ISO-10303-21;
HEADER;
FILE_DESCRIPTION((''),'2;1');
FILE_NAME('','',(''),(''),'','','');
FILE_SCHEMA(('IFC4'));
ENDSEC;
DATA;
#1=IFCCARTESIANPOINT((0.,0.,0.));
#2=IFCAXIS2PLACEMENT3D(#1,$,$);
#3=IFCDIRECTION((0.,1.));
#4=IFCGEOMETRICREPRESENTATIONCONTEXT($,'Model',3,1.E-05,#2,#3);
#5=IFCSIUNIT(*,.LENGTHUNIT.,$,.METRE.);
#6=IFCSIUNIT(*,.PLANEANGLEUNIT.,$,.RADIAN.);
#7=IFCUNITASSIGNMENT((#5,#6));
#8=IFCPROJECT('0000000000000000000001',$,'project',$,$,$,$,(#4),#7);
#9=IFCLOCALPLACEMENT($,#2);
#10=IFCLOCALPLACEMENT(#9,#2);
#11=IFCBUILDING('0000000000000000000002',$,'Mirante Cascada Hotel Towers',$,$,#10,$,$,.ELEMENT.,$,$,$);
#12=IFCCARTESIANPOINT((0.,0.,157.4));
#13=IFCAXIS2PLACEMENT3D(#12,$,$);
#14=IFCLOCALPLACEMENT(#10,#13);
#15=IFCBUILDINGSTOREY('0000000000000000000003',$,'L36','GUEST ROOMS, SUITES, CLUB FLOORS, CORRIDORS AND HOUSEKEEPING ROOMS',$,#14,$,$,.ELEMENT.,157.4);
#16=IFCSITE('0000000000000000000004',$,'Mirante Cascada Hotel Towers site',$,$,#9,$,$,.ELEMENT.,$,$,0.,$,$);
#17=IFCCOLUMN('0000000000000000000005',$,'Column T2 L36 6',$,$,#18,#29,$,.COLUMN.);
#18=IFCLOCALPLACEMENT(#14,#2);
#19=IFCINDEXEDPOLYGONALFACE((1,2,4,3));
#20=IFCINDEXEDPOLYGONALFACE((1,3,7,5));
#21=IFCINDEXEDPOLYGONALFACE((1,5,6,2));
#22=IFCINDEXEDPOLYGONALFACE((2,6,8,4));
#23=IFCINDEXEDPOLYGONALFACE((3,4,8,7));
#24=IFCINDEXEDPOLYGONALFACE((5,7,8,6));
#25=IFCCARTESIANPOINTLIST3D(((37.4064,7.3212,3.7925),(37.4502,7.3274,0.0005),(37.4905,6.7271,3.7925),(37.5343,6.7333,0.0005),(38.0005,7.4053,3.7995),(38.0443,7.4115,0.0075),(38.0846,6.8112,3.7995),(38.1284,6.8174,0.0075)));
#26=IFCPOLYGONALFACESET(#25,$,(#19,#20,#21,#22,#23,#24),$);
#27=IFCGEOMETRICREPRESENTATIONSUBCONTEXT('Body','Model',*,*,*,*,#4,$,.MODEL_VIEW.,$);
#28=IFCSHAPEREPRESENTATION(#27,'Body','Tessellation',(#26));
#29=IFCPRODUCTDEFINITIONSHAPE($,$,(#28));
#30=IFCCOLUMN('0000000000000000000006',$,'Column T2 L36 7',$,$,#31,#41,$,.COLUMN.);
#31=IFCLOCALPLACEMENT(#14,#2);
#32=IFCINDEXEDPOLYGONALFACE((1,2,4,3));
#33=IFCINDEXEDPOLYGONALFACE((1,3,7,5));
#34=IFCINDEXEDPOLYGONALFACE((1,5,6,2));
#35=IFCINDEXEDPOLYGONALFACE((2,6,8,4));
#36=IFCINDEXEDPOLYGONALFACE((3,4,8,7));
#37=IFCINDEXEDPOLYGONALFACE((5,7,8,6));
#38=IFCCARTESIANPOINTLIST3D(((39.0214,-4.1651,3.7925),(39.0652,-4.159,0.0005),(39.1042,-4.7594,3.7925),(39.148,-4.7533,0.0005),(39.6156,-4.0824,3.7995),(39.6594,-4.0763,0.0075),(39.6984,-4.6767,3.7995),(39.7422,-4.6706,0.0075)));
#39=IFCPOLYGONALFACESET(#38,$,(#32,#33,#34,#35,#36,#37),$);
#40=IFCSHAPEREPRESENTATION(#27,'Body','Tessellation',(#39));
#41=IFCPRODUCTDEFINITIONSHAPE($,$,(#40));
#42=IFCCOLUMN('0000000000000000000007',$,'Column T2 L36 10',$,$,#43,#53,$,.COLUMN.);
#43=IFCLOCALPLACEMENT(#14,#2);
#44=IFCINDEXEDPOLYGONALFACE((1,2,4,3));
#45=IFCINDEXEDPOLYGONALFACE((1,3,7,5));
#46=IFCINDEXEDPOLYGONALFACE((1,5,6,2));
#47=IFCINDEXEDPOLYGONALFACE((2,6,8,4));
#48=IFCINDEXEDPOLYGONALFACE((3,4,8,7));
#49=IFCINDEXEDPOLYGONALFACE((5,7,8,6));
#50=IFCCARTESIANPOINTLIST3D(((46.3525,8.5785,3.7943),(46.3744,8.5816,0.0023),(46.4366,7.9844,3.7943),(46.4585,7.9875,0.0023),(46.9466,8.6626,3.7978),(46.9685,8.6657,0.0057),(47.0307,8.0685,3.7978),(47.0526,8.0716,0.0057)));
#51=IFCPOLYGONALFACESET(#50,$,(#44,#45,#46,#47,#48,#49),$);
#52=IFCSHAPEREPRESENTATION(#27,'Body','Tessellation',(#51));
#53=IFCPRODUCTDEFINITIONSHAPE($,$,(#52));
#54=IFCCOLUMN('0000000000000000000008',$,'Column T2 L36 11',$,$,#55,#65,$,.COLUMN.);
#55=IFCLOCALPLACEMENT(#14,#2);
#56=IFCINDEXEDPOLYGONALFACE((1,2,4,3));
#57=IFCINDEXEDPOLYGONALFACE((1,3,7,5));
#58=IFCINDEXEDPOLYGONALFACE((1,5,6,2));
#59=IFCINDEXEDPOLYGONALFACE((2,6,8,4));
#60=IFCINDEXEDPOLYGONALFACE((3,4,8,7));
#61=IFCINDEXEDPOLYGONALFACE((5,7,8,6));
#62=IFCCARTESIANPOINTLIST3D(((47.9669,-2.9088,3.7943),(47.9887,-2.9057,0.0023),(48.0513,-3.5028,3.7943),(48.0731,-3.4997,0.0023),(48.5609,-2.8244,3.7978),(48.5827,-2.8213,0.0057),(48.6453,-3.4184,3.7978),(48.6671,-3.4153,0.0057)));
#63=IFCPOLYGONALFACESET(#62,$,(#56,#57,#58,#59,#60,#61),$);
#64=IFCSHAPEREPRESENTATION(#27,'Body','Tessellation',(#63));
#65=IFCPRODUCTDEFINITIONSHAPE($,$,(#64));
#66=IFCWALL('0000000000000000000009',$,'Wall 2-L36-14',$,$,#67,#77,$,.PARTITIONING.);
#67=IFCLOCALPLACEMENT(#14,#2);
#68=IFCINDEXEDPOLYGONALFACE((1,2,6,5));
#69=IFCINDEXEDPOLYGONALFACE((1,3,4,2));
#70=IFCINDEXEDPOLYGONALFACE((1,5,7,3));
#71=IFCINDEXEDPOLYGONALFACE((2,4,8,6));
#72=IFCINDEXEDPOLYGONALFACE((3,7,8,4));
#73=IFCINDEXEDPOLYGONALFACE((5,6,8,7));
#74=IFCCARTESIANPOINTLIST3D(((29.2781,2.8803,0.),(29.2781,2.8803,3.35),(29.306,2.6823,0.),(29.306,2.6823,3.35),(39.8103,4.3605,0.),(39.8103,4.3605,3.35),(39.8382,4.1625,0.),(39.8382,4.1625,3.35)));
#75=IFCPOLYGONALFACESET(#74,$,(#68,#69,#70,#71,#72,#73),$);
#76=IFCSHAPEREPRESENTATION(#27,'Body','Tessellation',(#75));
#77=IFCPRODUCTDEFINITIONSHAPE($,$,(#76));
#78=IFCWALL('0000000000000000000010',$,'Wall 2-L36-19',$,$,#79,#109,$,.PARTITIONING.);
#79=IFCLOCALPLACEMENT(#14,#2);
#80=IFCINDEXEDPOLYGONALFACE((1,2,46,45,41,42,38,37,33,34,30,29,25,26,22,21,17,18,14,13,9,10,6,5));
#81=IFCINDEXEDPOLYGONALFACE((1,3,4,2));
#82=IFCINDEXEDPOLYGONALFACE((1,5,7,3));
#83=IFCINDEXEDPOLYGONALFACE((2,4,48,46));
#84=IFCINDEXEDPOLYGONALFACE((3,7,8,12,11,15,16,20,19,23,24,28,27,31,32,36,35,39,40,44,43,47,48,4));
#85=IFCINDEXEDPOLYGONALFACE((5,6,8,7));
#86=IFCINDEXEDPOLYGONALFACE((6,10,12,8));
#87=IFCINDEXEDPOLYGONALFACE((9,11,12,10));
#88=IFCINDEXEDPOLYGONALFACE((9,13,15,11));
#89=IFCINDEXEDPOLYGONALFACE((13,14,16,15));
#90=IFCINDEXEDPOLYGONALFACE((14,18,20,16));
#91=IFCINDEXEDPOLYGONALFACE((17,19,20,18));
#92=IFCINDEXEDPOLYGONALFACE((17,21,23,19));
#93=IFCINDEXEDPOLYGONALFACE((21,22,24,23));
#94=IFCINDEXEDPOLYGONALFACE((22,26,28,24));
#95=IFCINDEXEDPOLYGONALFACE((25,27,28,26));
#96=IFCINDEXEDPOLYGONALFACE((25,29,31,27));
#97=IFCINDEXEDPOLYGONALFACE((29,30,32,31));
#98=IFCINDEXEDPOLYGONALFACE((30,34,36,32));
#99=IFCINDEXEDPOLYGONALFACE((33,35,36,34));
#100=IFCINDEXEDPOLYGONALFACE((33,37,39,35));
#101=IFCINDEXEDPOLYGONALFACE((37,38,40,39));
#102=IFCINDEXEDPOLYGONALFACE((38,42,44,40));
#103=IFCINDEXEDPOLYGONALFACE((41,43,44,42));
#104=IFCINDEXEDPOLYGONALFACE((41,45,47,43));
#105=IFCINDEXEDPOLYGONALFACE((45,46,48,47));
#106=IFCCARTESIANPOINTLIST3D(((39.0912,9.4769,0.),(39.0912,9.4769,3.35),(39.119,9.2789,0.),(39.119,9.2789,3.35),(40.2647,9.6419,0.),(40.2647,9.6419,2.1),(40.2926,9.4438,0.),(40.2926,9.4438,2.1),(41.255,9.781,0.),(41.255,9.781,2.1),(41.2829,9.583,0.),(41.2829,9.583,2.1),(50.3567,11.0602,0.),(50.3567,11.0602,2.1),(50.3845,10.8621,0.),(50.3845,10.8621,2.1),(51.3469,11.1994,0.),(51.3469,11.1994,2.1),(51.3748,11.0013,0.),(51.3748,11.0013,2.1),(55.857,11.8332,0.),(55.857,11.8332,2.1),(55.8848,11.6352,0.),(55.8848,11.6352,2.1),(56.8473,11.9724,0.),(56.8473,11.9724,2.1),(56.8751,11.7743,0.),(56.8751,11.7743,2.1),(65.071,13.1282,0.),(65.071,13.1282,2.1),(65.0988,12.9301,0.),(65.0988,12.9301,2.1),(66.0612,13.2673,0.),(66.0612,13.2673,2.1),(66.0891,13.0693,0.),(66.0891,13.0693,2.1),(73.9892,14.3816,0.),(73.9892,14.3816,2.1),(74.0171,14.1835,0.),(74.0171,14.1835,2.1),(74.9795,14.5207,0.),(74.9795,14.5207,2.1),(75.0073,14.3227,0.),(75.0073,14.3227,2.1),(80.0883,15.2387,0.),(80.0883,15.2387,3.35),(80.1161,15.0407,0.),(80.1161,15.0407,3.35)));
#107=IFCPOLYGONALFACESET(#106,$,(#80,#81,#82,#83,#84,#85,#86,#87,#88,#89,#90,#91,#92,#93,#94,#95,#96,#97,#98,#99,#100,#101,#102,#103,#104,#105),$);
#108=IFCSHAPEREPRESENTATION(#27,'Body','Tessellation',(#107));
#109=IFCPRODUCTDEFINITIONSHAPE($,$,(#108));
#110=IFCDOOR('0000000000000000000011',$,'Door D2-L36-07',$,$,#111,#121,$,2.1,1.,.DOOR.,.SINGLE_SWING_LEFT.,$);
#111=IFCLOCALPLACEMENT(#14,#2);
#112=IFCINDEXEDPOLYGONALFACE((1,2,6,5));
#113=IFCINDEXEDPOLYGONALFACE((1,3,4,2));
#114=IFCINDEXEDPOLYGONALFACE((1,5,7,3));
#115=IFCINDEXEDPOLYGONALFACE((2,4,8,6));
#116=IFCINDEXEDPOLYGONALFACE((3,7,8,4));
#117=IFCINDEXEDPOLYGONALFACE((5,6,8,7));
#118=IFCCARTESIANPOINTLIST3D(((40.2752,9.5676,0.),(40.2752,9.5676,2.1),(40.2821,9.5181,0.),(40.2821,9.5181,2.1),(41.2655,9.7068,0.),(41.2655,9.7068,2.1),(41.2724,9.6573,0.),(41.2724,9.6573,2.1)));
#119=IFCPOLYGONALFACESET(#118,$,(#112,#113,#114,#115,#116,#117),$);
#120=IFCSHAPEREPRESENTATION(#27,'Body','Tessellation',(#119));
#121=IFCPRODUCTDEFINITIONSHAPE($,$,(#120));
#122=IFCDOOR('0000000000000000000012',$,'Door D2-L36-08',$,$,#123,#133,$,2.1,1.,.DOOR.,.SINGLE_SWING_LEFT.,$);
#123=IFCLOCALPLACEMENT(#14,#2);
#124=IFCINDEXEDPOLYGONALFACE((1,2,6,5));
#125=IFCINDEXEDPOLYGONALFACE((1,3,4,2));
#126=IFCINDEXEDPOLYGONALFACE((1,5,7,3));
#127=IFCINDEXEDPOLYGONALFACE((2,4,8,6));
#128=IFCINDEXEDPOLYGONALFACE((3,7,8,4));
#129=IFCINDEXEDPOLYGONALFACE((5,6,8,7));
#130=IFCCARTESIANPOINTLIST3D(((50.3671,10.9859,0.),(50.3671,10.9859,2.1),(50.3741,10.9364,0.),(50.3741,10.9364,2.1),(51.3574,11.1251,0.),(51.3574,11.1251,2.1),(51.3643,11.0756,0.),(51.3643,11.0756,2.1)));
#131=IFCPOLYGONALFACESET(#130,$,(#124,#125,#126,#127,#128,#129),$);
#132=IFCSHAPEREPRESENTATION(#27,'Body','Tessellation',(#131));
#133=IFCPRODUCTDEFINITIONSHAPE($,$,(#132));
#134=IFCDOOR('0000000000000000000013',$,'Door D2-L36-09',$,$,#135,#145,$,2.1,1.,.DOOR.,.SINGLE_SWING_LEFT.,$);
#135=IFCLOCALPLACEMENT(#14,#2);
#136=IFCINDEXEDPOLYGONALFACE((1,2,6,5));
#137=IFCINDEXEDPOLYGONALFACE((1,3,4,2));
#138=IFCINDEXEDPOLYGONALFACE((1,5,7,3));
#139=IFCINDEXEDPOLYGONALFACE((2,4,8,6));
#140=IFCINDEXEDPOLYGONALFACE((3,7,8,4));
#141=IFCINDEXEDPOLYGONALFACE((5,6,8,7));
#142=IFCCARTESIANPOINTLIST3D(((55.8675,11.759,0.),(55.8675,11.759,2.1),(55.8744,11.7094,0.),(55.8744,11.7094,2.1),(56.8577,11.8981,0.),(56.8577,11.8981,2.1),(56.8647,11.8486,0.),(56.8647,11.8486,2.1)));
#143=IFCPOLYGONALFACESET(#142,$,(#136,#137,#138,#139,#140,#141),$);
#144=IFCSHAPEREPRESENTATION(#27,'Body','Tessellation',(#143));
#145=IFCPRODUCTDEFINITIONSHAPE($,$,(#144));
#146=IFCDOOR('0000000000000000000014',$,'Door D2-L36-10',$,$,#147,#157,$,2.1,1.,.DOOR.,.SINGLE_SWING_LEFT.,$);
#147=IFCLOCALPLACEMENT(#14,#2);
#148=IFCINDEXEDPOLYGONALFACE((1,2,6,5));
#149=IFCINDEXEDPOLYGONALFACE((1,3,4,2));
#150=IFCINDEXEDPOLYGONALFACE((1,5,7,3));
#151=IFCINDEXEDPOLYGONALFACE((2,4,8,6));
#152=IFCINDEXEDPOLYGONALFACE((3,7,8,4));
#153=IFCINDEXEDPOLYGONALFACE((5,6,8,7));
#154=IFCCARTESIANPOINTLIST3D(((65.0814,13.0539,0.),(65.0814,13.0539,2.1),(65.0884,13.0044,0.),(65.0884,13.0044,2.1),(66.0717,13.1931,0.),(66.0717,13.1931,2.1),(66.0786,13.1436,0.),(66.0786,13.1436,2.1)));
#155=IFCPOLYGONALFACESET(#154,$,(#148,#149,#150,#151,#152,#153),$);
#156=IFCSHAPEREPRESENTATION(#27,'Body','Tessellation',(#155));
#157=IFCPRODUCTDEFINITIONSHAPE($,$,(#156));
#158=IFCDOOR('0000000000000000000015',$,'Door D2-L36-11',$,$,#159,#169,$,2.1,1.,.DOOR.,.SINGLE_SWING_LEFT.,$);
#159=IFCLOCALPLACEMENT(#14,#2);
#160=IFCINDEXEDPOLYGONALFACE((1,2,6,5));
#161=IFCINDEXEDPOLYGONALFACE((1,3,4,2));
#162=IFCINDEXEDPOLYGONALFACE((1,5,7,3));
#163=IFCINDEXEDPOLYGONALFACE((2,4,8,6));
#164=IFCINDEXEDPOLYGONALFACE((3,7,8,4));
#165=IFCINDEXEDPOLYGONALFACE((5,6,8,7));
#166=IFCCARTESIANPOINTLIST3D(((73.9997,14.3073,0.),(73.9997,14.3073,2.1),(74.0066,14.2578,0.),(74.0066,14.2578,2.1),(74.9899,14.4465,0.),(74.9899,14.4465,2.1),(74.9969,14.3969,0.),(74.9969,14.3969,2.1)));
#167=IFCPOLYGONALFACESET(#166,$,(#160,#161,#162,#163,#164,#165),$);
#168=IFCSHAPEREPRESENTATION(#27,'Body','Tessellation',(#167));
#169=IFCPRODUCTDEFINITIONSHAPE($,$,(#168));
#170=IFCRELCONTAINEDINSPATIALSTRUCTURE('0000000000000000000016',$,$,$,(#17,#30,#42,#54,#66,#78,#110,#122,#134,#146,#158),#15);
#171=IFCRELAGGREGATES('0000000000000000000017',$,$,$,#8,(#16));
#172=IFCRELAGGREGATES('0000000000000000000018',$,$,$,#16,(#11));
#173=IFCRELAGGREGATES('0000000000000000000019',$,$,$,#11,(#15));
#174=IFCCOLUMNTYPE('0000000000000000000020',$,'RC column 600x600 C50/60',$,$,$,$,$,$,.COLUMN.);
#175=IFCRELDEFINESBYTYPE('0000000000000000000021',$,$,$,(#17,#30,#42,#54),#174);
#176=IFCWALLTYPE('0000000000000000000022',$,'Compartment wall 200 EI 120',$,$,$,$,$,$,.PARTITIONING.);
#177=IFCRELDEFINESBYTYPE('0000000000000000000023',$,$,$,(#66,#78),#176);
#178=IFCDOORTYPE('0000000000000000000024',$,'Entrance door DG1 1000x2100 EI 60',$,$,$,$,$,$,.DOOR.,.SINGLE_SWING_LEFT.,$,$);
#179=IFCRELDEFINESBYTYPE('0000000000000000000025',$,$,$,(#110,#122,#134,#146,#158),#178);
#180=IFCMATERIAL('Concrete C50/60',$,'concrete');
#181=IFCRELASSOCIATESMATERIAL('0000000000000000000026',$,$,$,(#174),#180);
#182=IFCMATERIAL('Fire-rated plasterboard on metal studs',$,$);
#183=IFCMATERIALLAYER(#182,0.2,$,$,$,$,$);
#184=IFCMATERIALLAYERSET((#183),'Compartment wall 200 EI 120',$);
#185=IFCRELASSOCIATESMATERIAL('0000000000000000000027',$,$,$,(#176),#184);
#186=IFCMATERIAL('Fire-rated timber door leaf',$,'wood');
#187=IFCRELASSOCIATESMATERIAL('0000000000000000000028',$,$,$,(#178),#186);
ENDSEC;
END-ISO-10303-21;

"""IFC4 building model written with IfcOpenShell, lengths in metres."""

from ifc_helpers import new_model, si_unit, direction, frame, frame_2d, origin, origin_2d, place, context, subcontext, project, spatial, rectangle, extrude, material, layer, layer_set, material_profile, profile_set, type_object, element, fill, save


model = new_model("IFC4")

# Units and contexts
model_context = context("Model", 3, precision=1e-05, world=origin(), true_north=direction((0.0, 1.0)))
body_context = subcontext(model_context, "Body", "Model", "MODEL_VIEW")
ifc_project = project(units=[si_unit("LENGTHUNIT", "METRE"), si_unit("PLANEANGLEUNIT", "RADIAN")], contexts=[model_context])

# Site, building, storey
site_placement = place(None, origin())
site = spatial("IfcSite", under=ifc_project, at=site_placement, Name="Mirante Cascada Hotel Towers site", CompositionType="ELEMENT", RefElevation=0.0)
building_placement = place(site_placement, origin())
building = spatial("IfcBuilding", under=site, at=building_placement, Name="Mirante Cascada Hotel Towers", CompositionType="ELEMENT")
storey_placement = place(building_placement, frame((0.0, 0.0, 157.4)))
storey = spatial("IfcBuildingStorey", under=building, at=storey_placement, Name="L36", Description="GUEST ROOMS, SUITES, CLUB FLOORS, CORRIDORS AND HOUSEKEEPING ROOMS", CompositionType="ELEMENT", Elevation=157.4)

# Columns
ifc_material_1 = material(Name="Concrete C50/60", Category="concrete")
ifc_material_profile = material_profile(ifc_material_1, rectangle(XDim=0.6, YDim=0.6, at=origin_2d()), Name="RC column 600x600 C50/60")
ifc_profile_set = profile_set([ifc_material_profile], Name="Concrete C50/60")
column_type = type_object("IfcColumnType", Name="RC column 600x600 C50/60", PredefinedType="COLUMN", material=ifc_profile_set)
for number, where, z_axis, x_axis, name in (
    (1, (37.7893, 7.0724, 0.004), (-0.01155, -0.001635, 0.999932), (0.140155, -0.990129, 0.0), "Column T2 L36 6"),
    (2, (39.4037, -4.4148, 0.004), (-0.01155, -0.001608, 0.999932), (0.137938, -0.990441, 0.0), "Column T2 L36 7"),
):
    element("IfcColumn", number, at=place(storey_placement, frame(where, z_axis=z_axis, x_axis=x_axis)), inside=storey, type_object=column_type, Name=name, PredefinedType="COLUMN", context=body_context, shape_type="SweptSolid", body=[
        extrude(rectangle(XDim=0.6, YDim=0.6, at=origin_2d()), origin(), (0.0, 0.0, 1.0), 3.7923),
    ])
for number, where, z_axis, x_axis, name in (
    (3, (46.7135, 8.3266, 0.004), (-0.005775, -0.000817, 0.999983), (0.140155, -0.990129, 0.0), "Column T2 L36 10"),
    (4, (48.3279, -3.1605, 0.004), (-0.005749, -0.000817, 0.999983), (0.140786, -0.99004, 0.0), "Column T2 L36 11"),
):
    element("IfcColumn", number, at=place(storey_placement, frame(where, z_axis=z_axis, x_axis=x_axis)), inside=storey, type_object=column_type, Name=name, PredefinedType="COLUMN", context=body_context, shape_type="SweptSolid", body=[
        extrude(rectangle(XDim=0.6, YDim=0.6, at=origin_2d()), origin(), (0.0, 0.0, 1.0), 3.7921),
    ])

# Wall
ifc_material_2 = material(Name="Fire-rated plasterboard on metal studs")
ifc_layer_1 = layer(ifc_material_2, 0.2)
ifc_layer_set_1 = layer_set([ifc_layer_1], Name="Compartment wall 200 EI 120")
wall_type_1 = type_object("IfcWallType", Name="Compartment wall 200 EI 120", PredefinedType="PARTITIONING", material=ifc_layer_set_1)
wall_1_placement = place(storey_placement, frame((39.8242, 4.2615, 0.0), z_axis=(0.0, 0.0, 1.0), x_axis=(-0.990268, -0.139173, 0.0)))
element("IfcWall", 5, at=wall_1_placement, inside=storey, type_object=wall_type_1, Name="Wall 2-L36-14", PredefinedType="PARTITIONING", context=body_context, shape_type="SweptSolid", body=[
    extrude(rectangle(XDim=10.6357, YDim=0.2, at=frame_2d((5.3178, 0.0))), origin(), (0.0, 0.0, 1.0), 3.35),
])

# Wall, openings, doors
wall_2_placement = place(storey_placement, frame((39.1051, 9.3779, 0.0), z_axis=(0.0, 0.0, 1.0), x_axis=(0.990268, 0.139174, 0.0)))
wall_2 = element("IfcWall", 6, at=wall_2_placement, inside=storey, type_object=wall_type_1, Name="Wall 2-L36-19", PredefinedType="PARTITIONING", context=body_context, shape_type="SweptSolid", body=[
    extrude(rectangle(XDim=41.4, YDim=0.2, at=frame_2d((20.7, 0.0))), origin(), (0.0, 0.0, 1.0), 3.35),
])
opening_1_placement = place(wall_2_placement, frame((1.1851, 0.0, 0.0)))
opening_1 = element("IfcOpeningElement", 7, at=opening_1_placement, cuts=wall_2, PredefinedType="OPENING", context=body_context, shape_type="SweptSolid", body=[
    extrude(rectangle(XDim=1.0, YDim=2.1, at=frame_2d((0.5, 1.05))), frame((0.0, 0.1, 0.0), z_axis=(0.0, -1.0, 0.0), x_axis=(1.0, 0.0, 0.0)), (0.0, 0.0, 1.0), 0.2),
])
opening_2_placement = place(wall_2_placement, frame((11.3762, 0.0, 0.0)))
opening_2 = element("IfcOpeningElement", 8, at=opening_2_placement, cuts=wall_2, PredefinedType="OPENING", context=body_context, shape_type="SweptSolid", body=[
    extrude(rectangle(XDim=1.0, YDim=2.1, at=frame_2d((0.5, 1.05))), frame((0.0, 0.1, 0.0), z_axis=(0.0, -1.0, 0.0), x_axis=(1.0, 0.0, 0.0)), (0.0, 0.0, 1.0), 0.2),
])
opening_3_placement = place(wall_2_placement, frame((16.9306, 0.0, 0.0)))
opening_3 = element("IfcOpeningElement", 9, at=opening_3_placement, cuts=wall_2, PredefinedType="OPENING", context=body_context, shape_type="SweptSolid", body=[
    extrude(rectangle(XDim=1.0, YDim=2.1, at=frame_2d((0.5, 1.05))), frame((0.0, 0.1, 0.0), z_axis=(0.0, -1.0, 0.0), x_axis=(1.0, 0.0, 0.0)), (0.0, 0.0, 1.0), 0.2),
])
opening_4_placement = place(wall_2_placement, frame((26.2351, 0.0, 0.0)))
opening_4 = element("IfcOpeningElement", 10, at=opening_4_placement, cuts=wall_2, PredefinedType="OPENING", context=body_context, shape_type="SweptSolid", body=[
    extrude(rectangle(XDim=1.0, YDim=2.1, at=frame_2d((0.5, 1.05))), frame((0.0, 0.1, 0.0), z_axis=(0.0, -1.0, 0.0), x_axis=(1.0, 0.0, 0.0)), (0.0, 0.0, 1.0), 0.2),
])
opening_5_placement = place(wall_2_placement, frame((35.241, 0.0, 0.0)))
opening_5 = element("IfcOpeningElement", 11, at=opening_5_placement, cuts=wall_2, PredefinedType="OPENING", context=body_context, shape_type="SweptSolid", body=[
    extrude(rectangle(XDim=1.0, YDim=2.1, at=frame_2d((0.5, 1.05))), frame((0.0, 0.1, 0.0), z_axis=(0.0, -1.0, 0.0), x_axis=(1.0, 0.0, 0.0)), (0.0, 0.0, 1.0), 0.2),
])
ifc_material_3 = material(Name="Fire-rated timber door leaf", Category="wood")
door_type_1 = type_object("IfcDoorType", Name="Entrance door DG1 1000x2100 EI 60", OperationType="SINGLE_SWING_LEFT", PredefinedType="DOOR", material=ifc_material_3)
door_1_placement = place(opening_1_placement, origin())
door_1 = element("IfcDoor", 12, at=door_1_placement, inside=storey, type_object=door_type_1, Name="Door D2-L36-07", OperationType="SINGLE_SWING_LEFT", OverallHeight=2.1, OverallWidth=1.0, PredefinedType="DOOR", context=body_context, shape_type="SweptSolid", body=[
    extrude(rectangle(XDim=1.0, YDim=2.1, at=frame_2d((0.5, 1.05))), frame((0.0, 0.025, 0.0), z_axis=(0.0, -1.0, 0.0), x_axis=(1.0, 0.0, 0.0)), (0.0, 0.0, 1.0), 0.05),
])
fill(opening_1, door_1)
door_2_placement = place(opening_2_placement, origin())
door_2 = element("IfcDoor", 13, at=door_2_placement, inside=storey, type_object=door_type_1, Name="Door D2-L36-08", OperationType="SINGLE_SWING_LEFT", OverallHeight=2.1, OverallWidth=1.0, PredefinedType="DOOR", context=body_context, shape_type="SweptSolid", body=[
    extrude(rectangle(XDim=1.0, YDim=2.1, at=frame_2d((0.5, 1.05))), frame((0.0, 0.025, 0.0), z_axis=(0.0, -1.0, 0.0), x_axis=(1.0, 0.0, 0.0)), (0.0, 0.0, 1.0), 0.05),
])
fill(opening_2, door_2)
door_3_placement = place(opening_3_placement, origin())
door_3 = element("IfcDoor", 14, at=door_3_placement, inside=storey, type_object=door_type_1, Name="Door D2-L36-09", OperationType="SINGLE_SWING_LEFT", OverallHeight=2.1, OverallWidth=1.0, PredefinedType="DOOR", context=body_context, shape_type="SweptSolid", body=[
    extrude(rectangle(XDim=1.0, YDim=2.1, at=frame_2d((0.5, 1.05))), frame((0.0, 0.025, 0.0), z_axis=(0.0, -1.0, 0.0), x_axis=(1.0, 0.0, 0.0)), (0.0, 0.0, 1.0), 0.05),
])
fill(opening_3, door_3)
door_4_placement = place(opening_4_placement, origin())
door_4 = element("IfcDoor", 15, at=door_4_placement, inside=storey, type_object=door_type_1, Name="Door D2-L36-10", OperationType="SINGLE_SWING_LEFT", OverallHeight=2.1, OverallWidth=1.0, PredefinedType="DOOR", context=body_context, shape_type="SweptSolid", body=[
    extrude(rectangle(XDim=1.0, YDim=2.1, at=frame_2d((0.5, 1.05))), frame((0.0, 0.025, 0.0), z_axis=(0.0, -1.0, 0.0), x_axis=(1.0, 0.0, 0.0)), (0.0, 0.0, 1.0), 0.05),
])
fill(opening_4, door_4)
door_5_placement = place(opening_5_placement, origin())
door_5 = element("IfcDoor", 16, at=door_5_placement, inside=storey, type_object=door_type_1, Name="Door D2-L36-11", OperationType="SINGLE_SWING_LEFT", OverallHeight=2.1, OverallWidth=1.0, PredefinedType="DOOR", context=body_context, shape_type="SweptSolid", body=[
    extrude(rectangle(XDim=1.0, YDim=2.1, at=frame_2d((0.5, 1.05))), frame((0.0, 0.025, 0.0), z_axis=(0.0, -1.0, 0.0), x_axis=(1.0, 0.0, 0.0)), (0.0, 0.0, 1.0), 0.05),
])
fill(opening_5, door_5)

save(model, "model.ifc")
